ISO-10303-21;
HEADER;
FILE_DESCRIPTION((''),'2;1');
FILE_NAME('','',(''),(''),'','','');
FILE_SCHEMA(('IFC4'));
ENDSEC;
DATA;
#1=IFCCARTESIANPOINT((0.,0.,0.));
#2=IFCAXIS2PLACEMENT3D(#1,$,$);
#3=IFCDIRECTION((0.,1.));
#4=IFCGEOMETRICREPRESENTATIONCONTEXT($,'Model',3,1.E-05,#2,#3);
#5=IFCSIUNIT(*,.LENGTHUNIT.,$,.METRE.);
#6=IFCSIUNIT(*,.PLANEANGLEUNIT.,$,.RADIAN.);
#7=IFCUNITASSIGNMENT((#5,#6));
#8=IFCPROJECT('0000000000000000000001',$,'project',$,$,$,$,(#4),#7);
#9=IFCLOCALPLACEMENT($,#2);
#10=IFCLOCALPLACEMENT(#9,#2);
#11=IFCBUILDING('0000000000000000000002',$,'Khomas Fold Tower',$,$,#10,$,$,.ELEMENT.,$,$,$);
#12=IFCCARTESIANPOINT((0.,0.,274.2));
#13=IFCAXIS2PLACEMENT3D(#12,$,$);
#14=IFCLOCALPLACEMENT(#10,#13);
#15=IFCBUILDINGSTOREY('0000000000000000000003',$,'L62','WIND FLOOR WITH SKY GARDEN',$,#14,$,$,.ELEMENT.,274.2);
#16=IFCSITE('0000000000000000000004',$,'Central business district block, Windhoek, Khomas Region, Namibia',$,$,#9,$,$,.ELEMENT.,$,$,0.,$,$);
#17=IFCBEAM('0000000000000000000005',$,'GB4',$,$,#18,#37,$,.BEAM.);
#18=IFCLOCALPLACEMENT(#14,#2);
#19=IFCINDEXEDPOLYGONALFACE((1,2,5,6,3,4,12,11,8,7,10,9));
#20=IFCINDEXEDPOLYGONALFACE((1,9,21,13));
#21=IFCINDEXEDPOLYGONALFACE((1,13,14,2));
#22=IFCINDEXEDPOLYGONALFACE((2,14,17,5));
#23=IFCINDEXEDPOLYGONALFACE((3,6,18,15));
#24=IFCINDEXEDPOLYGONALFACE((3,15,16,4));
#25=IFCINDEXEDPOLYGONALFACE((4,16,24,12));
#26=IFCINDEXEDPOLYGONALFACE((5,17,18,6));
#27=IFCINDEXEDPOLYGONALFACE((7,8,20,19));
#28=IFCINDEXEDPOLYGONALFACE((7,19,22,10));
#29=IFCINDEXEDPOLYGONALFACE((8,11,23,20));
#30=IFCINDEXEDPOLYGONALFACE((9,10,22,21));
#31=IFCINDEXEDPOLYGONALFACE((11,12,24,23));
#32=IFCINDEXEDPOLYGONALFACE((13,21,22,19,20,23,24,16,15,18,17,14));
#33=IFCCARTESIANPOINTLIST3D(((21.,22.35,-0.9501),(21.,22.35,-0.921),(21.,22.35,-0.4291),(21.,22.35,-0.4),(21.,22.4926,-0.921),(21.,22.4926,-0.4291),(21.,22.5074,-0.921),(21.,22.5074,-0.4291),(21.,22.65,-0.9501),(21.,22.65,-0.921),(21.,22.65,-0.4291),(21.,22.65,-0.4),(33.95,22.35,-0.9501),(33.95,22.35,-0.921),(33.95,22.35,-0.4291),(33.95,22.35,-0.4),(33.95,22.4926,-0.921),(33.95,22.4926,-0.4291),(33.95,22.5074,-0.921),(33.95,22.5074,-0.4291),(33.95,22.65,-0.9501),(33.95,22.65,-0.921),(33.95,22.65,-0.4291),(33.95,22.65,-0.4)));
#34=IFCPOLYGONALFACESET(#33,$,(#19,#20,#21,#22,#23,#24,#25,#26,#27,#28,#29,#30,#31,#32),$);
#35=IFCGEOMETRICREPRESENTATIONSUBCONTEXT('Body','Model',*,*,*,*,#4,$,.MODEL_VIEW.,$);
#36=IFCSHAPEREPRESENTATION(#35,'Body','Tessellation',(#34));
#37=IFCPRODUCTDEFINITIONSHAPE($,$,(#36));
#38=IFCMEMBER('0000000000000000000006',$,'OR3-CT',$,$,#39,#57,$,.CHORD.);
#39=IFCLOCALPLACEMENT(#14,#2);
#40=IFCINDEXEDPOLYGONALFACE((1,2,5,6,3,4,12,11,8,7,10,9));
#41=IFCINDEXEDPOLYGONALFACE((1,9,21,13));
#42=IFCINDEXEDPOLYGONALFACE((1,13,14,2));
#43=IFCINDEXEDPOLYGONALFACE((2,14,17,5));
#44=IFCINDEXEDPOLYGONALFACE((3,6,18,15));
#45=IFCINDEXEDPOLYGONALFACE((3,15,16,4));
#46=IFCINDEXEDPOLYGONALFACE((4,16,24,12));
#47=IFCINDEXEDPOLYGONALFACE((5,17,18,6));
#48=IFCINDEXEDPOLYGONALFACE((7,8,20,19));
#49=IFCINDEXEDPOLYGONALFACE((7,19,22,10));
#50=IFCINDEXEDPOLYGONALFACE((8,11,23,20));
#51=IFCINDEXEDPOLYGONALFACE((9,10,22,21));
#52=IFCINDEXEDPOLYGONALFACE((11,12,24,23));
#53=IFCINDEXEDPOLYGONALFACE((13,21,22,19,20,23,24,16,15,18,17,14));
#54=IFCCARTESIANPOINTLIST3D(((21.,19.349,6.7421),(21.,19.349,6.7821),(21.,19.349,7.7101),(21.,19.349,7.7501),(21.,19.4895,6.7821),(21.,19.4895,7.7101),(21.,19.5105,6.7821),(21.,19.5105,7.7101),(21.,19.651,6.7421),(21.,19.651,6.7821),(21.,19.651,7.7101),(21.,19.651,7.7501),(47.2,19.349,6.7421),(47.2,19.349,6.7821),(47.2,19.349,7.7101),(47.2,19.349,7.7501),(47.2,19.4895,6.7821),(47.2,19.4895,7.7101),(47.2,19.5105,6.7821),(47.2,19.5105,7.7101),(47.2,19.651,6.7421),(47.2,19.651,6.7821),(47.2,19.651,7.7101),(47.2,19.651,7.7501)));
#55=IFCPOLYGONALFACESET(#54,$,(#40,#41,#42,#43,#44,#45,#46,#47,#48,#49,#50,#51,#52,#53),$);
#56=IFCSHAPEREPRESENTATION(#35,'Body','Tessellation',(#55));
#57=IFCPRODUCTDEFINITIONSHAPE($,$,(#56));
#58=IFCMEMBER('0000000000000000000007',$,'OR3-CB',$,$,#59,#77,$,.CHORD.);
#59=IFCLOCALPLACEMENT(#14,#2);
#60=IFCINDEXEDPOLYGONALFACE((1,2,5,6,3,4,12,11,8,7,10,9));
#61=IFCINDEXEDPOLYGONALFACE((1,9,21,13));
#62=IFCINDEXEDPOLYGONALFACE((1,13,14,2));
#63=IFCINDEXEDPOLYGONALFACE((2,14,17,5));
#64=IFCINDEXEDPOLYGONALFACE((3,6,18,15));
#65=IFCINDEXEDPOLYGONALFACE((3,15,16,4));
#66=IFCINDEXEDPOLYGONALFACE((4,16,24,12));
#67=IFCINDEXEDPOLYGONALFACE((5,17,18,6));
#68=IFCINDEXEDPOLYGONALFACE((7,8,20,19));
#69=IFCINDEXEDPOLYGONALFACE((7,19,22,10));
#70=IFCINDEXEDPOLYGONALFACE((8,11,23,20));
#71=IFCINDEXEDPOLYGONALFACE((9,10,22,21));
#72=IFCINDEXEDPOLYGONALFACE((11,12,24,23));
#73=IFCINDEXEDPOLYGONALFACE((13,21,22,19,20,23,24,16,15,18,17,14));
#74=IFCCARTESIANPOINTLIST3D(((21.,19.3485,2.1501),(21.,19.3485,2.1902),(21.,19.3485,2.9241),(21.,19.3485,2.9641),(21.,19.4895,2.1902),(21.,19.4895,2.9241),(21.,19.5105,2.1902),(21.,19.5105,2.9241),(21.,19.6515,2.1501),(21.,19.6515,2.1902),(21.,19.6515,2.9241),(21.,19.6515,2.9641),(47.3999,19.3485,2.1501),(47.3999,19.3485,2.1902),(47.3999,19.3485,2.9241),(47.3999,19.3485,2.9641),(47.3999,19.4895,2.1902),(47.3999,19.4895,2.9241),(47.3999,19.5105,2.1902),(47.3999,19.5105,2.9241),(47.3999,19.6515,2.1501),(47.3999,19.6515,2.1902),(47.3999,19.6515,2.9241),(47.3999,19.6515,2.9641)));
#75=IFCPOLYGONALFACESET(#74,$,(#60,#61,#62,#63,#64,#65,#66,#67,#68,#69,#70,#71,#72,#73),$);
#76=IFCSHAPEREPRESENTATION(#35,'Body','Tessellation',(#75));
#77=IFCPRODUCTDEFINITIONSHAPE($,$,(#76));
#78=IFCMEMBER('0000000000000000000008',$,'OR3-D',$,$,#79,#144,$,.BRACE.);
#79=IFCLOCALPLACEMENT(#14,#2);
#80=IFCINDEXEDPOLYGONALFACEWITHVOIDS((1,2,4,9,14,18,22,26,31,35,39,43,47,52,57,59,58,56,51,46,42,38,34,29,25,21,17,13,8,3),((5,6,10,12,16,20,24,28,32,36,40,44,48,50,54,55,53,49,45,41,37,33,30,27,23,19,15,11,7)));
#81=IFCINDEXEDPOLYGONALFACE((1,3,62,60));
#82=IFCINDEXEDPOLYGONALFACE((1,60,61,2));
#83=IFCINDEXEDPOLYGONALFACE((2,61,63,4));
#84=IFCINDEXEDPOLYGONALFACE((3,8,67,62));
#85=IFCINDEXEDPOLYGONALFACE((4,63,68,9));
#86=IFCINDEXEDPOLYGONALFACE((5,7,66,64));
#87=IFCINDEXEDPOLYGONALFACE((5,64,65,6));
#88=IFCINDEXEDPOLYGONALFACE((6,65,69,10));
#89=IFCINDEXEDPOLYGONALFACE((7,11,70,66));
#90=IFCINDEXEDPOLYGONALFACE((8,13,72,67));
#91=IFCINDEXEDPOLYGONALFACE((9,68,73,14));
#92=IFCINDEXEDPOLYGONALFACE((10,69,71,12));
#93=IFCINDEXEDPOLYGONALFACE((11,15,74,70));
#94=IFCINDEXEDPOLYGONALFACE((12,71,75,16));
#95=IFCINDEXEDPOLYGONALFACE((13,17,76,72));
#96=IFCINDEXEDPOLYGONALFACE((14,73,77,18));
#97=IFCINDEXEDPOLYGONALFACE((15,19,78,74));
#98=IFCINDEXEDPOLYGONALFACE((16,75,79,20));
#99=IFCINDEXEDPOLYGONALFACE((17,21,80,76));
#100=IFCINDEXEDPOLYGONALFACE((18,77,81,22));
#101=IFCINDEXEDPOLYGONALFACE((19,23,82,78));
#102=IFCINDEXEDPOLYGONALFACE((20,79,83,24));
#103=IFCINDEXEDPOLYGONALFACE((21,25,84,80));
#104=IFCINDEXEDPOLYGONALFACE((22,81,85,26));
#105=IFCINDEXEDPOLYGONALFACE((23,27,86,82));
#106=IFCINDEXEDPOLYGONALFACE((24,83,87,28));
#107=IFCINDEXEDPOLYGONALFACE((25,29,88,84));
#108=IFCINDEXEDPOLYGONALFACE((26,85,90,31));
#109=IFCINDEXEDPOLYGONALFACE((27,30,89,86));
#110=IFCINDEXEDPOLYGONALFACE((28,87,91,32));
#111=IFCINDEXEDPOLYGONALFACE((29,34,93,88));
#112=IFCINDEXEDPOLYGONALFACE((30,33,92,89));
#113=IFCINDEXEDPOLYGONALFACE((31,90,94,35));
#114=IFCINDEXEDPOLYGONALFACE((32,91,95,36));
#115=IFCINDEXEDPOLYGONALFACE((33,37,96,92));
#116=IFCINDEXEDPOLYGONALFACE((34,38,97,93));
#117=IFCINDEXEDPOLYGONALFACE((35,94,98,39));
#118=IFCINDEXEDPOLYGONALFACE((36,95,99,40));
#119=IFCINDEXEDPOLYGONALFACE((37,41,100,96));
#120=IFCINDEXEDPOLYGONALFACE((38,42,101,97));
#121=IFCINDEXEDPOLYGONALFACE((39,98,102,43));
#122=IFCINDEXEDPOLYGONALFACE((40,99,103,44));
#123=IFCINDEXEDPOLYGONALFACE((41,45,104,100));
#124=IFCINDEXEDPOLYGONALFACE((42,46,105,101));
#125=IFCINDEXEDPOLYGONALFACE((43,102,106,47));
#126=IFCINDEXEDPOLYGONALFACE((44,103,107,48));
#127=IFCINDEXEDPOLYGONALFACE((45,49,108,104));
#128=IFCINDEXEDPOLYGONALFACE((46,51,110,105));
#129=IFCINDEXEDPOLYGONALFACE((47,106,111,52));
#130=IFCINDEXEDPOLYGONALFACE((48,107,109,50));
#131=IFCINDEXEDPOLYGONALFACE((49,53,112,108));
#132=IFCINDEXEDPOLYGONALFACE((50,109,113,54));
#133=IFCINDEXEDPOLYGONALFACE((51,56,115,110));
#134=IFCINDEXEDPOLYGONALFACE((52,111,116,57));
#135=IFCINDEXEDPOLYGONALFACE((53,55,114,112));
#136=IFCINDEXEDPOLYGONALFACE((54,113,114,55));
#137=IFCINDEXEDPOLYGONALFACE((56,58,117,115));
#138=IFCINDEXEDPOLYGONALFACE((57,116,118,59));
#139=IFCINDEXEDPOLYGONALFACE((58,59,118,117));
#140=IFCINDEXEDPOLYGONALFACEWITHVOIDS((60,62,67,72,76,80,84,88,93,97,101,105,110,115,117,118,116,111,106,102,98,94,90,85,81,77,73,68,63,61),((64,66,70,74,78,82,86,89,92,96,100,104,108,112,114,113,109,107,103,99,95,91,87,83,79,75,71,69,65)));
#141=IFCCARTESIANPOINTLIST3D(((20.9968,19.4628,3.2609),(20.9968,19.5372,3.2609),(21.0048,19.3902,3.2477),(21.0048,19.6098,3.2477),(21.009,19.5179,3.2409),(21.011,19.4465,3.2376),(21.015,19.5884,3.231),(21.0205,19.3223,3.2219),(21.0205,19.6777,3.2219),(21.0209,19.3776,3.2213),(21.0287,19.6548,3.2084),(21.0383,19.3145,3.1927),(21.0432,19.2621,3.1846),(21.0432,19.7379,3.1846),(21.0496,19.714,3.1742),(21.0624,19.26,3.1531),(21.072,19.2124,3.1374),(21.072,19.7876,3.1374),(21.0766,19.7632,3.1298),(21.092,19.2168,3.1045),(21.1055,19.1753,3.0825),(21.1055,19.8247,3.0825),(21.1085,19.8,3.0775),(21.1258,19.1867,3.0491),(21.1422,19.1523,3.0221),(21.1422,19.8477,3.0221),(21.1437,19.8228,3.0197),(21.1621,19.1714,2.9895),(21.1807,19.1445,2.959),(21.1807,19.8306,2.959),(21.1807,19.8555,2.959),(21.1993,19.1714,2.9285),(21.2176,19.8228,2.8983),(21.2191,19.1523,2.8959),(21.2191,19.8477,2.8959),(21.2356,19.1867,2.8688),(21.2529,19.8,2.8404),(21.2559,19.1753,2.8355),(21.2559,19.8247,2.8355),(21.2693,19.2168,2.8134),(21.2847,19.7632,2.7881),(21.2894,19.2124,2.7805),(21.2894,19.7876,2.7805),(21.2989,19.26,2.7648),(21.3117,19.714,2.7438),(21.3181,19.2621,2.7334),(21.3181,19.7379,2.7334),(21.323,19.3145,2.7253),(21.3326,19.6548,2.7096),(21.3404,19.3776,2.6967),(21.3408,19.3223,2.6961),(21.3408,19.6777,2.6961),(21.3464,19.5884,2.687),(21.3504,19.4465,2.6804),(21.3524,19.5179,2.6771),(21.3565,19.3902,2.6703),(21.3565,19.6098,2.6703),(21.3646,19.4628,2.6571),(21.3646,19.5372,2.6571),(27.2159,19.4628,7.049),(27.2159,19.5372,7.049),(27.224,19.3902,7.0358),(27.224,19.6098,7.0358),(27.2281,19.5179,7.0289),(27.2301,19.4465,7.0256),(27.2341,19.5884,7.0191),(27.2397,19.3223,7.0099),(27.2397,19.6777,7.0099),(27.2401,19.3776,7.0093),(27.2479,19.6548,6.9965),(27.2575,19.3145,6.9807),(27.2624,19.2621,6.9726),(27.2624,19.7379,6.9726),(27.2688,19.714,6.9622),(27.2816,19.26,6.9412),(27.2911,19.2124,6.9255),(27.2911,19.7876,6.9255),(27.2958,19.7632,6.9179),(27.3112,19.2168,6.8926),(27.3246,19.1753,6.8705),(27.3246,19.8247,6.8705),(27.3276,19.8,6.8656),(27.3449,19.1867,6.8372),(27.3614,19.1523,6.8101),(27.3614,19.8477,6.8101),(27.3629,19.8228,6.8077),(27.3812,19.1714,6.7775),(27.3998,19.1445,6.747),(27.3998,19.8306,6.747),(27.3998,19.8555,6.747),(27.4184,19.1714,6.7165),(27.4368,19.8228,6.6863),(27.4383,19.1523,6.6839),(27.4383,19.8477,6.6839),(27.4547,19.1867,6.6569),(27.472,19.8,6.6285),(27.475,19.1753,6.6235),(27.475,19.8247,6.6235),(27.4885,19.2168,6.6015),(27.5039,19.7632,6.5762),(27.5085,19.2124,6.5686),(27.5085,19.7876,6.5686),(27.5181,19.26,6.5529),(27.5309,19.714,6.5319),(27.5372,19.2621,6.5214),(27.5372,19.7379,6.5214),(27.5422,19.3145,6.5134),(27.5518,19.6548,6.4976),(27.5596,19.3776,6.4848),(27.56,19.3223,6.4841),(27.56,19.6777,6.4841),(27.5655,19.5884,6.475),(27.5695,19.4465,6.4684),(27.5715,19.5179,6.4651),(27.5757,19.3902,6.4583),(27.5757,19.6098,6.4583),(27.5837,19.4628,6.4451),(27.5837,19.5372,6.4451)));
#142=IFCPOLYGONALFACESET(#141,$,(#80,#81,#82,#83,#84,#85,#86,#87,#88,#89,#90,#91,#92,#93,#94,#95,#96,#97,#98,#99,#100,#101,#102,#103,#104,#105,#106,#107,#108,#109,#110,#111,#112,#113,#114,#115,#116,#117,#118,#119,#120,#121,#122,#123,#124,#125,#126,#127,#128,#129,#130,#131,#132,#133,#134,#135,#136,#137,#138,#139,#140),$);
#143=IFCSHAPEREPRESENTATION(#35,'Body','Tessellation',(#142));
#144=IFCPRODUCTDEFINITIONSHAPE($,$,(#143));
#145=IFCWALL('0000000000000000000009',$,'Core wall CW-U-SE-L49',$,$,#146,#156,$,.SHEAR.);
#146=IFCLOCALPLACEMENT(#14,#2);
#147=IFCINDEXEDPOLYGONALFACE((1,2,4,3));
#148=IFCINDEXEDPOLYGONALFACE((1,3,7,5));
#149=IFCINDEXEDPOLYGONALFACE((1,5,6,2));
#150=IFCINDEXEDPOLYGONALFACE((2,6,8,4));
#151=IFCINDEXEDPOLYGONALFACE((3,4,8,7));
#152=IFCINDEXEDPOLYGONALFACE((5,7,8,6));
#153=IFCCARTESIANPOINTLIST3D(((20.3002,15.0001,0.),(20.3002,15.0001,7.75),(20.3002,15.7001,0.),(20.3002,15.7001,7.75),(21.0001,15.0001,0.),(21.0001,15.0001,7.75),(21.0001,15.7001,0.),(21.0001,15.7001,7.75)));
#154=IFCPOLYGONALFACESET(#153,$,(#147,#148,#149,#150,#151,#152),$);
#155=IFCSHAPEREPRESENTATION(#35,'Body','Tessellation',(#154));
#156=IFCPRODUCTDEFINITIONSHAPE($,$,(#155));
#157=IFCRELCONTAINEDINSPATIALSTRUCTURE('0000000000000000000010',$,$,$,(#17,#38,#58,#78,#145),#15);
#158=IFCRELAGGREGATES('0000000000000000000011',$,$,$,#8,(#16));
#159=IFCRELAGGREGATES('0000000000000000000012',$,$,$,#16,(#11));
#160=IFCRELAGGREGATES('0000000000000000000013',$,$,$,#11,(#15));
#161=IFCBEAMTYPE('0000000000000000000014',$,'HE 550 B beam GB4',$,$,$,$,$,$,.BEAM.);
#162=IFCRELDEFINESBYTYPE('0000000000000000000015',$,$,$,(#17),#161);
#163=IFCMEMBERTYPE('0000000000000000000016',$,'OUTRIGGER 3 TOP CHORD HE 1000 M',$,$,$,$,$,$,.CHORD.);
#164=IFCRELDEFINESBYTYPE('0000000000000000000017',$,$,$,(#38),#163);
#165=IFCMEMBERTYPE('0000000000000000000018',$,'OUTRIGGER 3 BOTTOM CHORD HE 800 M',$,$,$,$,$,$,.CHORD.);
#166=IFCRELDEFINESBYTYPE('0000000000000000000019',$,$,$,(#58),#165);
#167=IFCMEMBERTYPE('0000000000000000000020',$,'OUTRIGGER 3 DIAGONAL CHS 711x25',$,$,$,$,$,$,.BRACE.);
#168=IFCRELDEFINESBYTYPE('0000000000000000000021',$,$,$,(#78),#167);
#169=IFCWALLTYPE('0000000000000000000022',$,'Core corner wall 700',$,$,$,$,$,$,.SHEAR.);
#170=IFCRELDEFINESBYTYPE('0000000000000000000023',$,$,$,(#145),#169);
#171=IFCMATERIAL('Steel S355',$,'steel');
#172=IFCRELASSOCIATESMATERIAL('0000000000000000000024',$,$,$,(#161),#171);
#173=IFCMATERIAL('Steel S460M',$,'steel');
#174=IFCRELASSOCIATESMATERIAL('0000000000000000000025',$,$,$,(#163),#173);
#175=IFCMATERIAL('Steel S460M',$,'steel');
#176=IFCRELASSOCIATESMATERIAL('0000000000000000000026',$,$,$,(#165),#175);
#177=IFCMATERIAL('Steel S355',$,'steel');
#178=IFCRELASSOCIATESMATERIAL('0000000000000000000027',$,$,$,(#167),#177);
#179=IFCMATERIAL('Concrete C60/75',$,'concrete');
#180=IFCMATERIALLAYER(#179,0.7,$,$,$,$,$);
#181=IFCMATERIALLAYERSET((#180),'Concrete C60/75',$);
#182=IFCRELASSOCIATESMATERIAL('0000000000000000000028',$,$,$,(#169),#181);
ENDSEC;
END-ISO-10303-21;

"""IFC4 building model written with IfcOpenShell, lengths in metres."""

from ifc_helpers import new_model, si_unit, direction, frame, frame_2d, origin, origin_2d, place, context, subcontext, project, spatial, rectangle, hollow_circle, i_section, extrude, source, transform, mapped, material, layer, layer_set, material_profile, profile_set, type_object, element, save


model = new_model("IFC4")

# Units and contexts
model_context = context("Model", 3, precision=1e-05, world=origin(), true_north=direction((0.0, 1.0)))
body_context = subcontext(model_context, "Body", "Model", "MODEL_VIEW")
ifc_project = project(units=[si_unit("LENGTHUNIT", "METRE"), si_unit("PLANEANGLEUNIT", "RADIAN")], contexts=[model_context])

# Site, building, storey
site_placement = place(None, origin())
site = spatial("IfcSite", under=ifc_project, at=site_placement, Name="Central business district block, Windhoek, Khomas Region, Namibia", CompositionType="ELEMENT", RefElevation=0.0)
building_placement = place(site_placement, origin())
building = spatial("IfcBuilding", under=site, at=building_placement, Name="Khomas Fold Tower", CompositionType="ELEMENT")
storey_placement = place(building_placement, frame((0.0, 0.0, 274.2)))
storey = spatial("IfcBuildingStorey", under=building, at=storey_placement, Name="L62", Description="WIND FLOOR WITH SKY GARDEN", CompositionType="ELEMENT", Elevation=274.2)

# Beam
ifc_material_1 = material(Name="Steel S355", Category="steel")
ifc_material_profile_1 = material_profile(ifc_material_1, i_section(OverallWidth=0.3, OverallDepth=0.55, WebThickness=0.0149, FlangeThickness=0.0291, at=origin_2d()), Name="HE 550 B")
ifc_profile_set_1 = profile_set([ifc_material_profile_1], Name="Steel S355")
beam_type = type_object("IfcBeamType", Name="HE 550 B beam GB4", PredefinedType="BEAM", material=ifc_profile_set_1)
shared_shape_1 = source(origin(), body_context, "Body", "SweptSolid", [
    extrude(i_section(OverallWidth=0.3, OverallDepth=0.55, WebThickness=0.0149, FlangeThickness=0.0291, at=origin_2d()), origin(), (0.0, 0.0, 1.0), 12.95),
])
beam_placement = place(storey_placement, frame((21.0, 22.5, -0.675), z_axis=(1.0, 0.0, 0.0), x_axis=(0.0, 1.0, 0.0)))
element("IfcBeam", 1, at=beam_placement, inside=storey, type_object=beam_type, Name="GB4", PredefinedType="BEAM", context=body_context, shape_type="MappedRepresentation", body=[
    mapped(shared_shape_1, transform((0.0, 0.0, 0.0))),
])

# Members
ifc_material_2 = material(Name="Steel S460M", Category="steel")
ifc_material_profile_2 = material_profile(ifc_material_2, i_section(OverallWidth=0.302, OverallDepth=1.0081, WebThickness=0.021, FlangeThickness=0.04, at=origin_2d()), Name="HE 1000 M")
ifc_profile_set_2 = profile_set([ifc_material_profile_2], Name="Steel S460M")
member_type_1 = type_object("IfcMemberType", Name="OUTRIGGER 3 TOP CHORD HE 1000 M", PredefinedType="CHORD", material=ifc_profile_set_2)
shared_shape_2 = source(origin(), body_context, "Body", "SweptSolid", [
    extrude(i_section(OverallWidth=0.302, OverallDepth=1.0081, WebThickness=0.021, FlangeThickness=0.04, at=origin_2d()), origin(), (0.0, 0.0, 1.0), 26.2),
])
member_1_placement = place(storey_placement, frame((21.0, 19.5, 7.2461), z_axis=(1.0, 0.0, 0.0), x_axis=(0.0, 1.0, 0.0)))
element("IfcMember", 2, at=member_1_placement, inside=storey, type_object=member_type_1, Name="OR3-CT", PredefinedType="CHORD", context=body_context, shape_type="MappedRepresentation", body=[
    mapped(shared_shape_2, transform((0.0, 0.0, 0.0))),
])
ifc_material_3 = material(Name="Steel S460M", Category="steel")
ifc_material_profile_3 = material_profile(ifc_material_3, i_section(OverallWidth=0.303, OverallDepth=0.814, WebThickness=0.021, FlangeThickness=0.04, at=origin_2d()), Name="HE 800 M")
ifc_profile_set_3 = profile_set([ifc_material_profile_3], Name="Steel S460M")
member_type_2 = type_object("IfcMemberType", Name="OUTRIGGER 3 BOTTOM CHORD HE 800 M", PredefinedType="CHORD", material=ifc_profile_set_3)
shared_shape_3 = source(origin(), body_context, "Body", "SweptSolid", [
    extrude(i_section(OverallWidth=0.303, OverallDepth=0.814, WebThickness=0.021, FlangeThickness=0.04, at=origin_2d()), origin(), (0.0, 0.0, 1.0), 26.3999),
])
member_2_placement = place(storey_placement, frame((21.0, 19.5, 2.5571), z_axis=(1.0, 0.0, 0.0), x_axis=(0.0, 1.0, 0.0)))
element("IfcMember", 3, at=member_2_placement, inside=storey, type_object=member_type_2, Name="OR3-CB", PredefinedType="CHORD", context=body_context, shape_type="MappedRepresentation", body=[
    mapped(shared_shape_3, transform((0.0, 0.0, 0.0))),
])
ifc_material_4 = material(Name="Steel S355", Category="steel")
ifc_material_profile_4 = material_profile(ifc_material_4, hollow_circle(Radius=0.3555, WallThickness=0.0249, at=origin_2d()), Name="CHS 711x25")
ifc_profile_set_4 = profile_set([ifc_material_profile_4], Name="Steel S355")
member_type_3 = type_object("IfcMemberType", Name="OUTRIGGER 3 DIAGONAL CHS 711x25", PredefinedType="BRACE", material=ifc_profile_set_4)
shared_shape_4 = source(origin(), body_context, "Body", "SweptSolid", [
    extrude(hollow_circle(Radius=0.3555, WallThickness=0.0249, at=origin_2d()), origin(), (0.0, 0.0, 1.0), 7.282),
])
member_3_placement = place(storey_placement, frame((21.1807, 19.5, 2.959), z_axis=(0.854048, 0.0, 0.520194), x_axis=(0.0, 1.0, 0.0)))
element("IfcMember", 4, at=member_3_placement, inside=storey, type_object=member_type_3, Name="OR3-D", PredefinedType="BRACE", context=body_context, shape_type="MappedRepresentation", body=[
    mapped(shared_shape_4, transform((0.0, 0.0, 0.0))),
])

# Wall
ifc_material_5 = material(Name="Concrete C60/75", Category="concrete")
ifc_layer_1 = layer(ifc_material_5, 0.7)
ifc_layer_set_1 = layer_set([ifc_layer_1], Name="Concrete C60/75")
wall_type_1 = type_object("IfcWallType", Name="Core corner wall 700", PredefinedType="SHEAR", material=ifc_layer_set_1)
shared_shape_5 = source(origin(), body_context, "Body", "SweptSolid", [
    extrude(rectangle(XDim=0.7, YDim=0.7, at=frame_2d((0.3501, 0.0))), origin(), (0.0, 0.0, 1.0), 7.75),
])
wall_1_placement = place(storey_placement, frame((20.3, 15.3501, 0.0), z_axis=(0.0, 0.0, 1.0), x_axis=(1.0, 0.0, 0.0)))
element("IfcWall", 5, at=wall_1_placement, inside=storey, type_object=wall_type_1, Name="Core wall CW-U-SE-L49", PredefinedType="SHEAR", context=body_context, shape_type="MappedRepresentation", body=[
    mapped(shared_shape_5, transform((0.0, 0.0, 0.0))),
])

save(model, "model.ifc")
